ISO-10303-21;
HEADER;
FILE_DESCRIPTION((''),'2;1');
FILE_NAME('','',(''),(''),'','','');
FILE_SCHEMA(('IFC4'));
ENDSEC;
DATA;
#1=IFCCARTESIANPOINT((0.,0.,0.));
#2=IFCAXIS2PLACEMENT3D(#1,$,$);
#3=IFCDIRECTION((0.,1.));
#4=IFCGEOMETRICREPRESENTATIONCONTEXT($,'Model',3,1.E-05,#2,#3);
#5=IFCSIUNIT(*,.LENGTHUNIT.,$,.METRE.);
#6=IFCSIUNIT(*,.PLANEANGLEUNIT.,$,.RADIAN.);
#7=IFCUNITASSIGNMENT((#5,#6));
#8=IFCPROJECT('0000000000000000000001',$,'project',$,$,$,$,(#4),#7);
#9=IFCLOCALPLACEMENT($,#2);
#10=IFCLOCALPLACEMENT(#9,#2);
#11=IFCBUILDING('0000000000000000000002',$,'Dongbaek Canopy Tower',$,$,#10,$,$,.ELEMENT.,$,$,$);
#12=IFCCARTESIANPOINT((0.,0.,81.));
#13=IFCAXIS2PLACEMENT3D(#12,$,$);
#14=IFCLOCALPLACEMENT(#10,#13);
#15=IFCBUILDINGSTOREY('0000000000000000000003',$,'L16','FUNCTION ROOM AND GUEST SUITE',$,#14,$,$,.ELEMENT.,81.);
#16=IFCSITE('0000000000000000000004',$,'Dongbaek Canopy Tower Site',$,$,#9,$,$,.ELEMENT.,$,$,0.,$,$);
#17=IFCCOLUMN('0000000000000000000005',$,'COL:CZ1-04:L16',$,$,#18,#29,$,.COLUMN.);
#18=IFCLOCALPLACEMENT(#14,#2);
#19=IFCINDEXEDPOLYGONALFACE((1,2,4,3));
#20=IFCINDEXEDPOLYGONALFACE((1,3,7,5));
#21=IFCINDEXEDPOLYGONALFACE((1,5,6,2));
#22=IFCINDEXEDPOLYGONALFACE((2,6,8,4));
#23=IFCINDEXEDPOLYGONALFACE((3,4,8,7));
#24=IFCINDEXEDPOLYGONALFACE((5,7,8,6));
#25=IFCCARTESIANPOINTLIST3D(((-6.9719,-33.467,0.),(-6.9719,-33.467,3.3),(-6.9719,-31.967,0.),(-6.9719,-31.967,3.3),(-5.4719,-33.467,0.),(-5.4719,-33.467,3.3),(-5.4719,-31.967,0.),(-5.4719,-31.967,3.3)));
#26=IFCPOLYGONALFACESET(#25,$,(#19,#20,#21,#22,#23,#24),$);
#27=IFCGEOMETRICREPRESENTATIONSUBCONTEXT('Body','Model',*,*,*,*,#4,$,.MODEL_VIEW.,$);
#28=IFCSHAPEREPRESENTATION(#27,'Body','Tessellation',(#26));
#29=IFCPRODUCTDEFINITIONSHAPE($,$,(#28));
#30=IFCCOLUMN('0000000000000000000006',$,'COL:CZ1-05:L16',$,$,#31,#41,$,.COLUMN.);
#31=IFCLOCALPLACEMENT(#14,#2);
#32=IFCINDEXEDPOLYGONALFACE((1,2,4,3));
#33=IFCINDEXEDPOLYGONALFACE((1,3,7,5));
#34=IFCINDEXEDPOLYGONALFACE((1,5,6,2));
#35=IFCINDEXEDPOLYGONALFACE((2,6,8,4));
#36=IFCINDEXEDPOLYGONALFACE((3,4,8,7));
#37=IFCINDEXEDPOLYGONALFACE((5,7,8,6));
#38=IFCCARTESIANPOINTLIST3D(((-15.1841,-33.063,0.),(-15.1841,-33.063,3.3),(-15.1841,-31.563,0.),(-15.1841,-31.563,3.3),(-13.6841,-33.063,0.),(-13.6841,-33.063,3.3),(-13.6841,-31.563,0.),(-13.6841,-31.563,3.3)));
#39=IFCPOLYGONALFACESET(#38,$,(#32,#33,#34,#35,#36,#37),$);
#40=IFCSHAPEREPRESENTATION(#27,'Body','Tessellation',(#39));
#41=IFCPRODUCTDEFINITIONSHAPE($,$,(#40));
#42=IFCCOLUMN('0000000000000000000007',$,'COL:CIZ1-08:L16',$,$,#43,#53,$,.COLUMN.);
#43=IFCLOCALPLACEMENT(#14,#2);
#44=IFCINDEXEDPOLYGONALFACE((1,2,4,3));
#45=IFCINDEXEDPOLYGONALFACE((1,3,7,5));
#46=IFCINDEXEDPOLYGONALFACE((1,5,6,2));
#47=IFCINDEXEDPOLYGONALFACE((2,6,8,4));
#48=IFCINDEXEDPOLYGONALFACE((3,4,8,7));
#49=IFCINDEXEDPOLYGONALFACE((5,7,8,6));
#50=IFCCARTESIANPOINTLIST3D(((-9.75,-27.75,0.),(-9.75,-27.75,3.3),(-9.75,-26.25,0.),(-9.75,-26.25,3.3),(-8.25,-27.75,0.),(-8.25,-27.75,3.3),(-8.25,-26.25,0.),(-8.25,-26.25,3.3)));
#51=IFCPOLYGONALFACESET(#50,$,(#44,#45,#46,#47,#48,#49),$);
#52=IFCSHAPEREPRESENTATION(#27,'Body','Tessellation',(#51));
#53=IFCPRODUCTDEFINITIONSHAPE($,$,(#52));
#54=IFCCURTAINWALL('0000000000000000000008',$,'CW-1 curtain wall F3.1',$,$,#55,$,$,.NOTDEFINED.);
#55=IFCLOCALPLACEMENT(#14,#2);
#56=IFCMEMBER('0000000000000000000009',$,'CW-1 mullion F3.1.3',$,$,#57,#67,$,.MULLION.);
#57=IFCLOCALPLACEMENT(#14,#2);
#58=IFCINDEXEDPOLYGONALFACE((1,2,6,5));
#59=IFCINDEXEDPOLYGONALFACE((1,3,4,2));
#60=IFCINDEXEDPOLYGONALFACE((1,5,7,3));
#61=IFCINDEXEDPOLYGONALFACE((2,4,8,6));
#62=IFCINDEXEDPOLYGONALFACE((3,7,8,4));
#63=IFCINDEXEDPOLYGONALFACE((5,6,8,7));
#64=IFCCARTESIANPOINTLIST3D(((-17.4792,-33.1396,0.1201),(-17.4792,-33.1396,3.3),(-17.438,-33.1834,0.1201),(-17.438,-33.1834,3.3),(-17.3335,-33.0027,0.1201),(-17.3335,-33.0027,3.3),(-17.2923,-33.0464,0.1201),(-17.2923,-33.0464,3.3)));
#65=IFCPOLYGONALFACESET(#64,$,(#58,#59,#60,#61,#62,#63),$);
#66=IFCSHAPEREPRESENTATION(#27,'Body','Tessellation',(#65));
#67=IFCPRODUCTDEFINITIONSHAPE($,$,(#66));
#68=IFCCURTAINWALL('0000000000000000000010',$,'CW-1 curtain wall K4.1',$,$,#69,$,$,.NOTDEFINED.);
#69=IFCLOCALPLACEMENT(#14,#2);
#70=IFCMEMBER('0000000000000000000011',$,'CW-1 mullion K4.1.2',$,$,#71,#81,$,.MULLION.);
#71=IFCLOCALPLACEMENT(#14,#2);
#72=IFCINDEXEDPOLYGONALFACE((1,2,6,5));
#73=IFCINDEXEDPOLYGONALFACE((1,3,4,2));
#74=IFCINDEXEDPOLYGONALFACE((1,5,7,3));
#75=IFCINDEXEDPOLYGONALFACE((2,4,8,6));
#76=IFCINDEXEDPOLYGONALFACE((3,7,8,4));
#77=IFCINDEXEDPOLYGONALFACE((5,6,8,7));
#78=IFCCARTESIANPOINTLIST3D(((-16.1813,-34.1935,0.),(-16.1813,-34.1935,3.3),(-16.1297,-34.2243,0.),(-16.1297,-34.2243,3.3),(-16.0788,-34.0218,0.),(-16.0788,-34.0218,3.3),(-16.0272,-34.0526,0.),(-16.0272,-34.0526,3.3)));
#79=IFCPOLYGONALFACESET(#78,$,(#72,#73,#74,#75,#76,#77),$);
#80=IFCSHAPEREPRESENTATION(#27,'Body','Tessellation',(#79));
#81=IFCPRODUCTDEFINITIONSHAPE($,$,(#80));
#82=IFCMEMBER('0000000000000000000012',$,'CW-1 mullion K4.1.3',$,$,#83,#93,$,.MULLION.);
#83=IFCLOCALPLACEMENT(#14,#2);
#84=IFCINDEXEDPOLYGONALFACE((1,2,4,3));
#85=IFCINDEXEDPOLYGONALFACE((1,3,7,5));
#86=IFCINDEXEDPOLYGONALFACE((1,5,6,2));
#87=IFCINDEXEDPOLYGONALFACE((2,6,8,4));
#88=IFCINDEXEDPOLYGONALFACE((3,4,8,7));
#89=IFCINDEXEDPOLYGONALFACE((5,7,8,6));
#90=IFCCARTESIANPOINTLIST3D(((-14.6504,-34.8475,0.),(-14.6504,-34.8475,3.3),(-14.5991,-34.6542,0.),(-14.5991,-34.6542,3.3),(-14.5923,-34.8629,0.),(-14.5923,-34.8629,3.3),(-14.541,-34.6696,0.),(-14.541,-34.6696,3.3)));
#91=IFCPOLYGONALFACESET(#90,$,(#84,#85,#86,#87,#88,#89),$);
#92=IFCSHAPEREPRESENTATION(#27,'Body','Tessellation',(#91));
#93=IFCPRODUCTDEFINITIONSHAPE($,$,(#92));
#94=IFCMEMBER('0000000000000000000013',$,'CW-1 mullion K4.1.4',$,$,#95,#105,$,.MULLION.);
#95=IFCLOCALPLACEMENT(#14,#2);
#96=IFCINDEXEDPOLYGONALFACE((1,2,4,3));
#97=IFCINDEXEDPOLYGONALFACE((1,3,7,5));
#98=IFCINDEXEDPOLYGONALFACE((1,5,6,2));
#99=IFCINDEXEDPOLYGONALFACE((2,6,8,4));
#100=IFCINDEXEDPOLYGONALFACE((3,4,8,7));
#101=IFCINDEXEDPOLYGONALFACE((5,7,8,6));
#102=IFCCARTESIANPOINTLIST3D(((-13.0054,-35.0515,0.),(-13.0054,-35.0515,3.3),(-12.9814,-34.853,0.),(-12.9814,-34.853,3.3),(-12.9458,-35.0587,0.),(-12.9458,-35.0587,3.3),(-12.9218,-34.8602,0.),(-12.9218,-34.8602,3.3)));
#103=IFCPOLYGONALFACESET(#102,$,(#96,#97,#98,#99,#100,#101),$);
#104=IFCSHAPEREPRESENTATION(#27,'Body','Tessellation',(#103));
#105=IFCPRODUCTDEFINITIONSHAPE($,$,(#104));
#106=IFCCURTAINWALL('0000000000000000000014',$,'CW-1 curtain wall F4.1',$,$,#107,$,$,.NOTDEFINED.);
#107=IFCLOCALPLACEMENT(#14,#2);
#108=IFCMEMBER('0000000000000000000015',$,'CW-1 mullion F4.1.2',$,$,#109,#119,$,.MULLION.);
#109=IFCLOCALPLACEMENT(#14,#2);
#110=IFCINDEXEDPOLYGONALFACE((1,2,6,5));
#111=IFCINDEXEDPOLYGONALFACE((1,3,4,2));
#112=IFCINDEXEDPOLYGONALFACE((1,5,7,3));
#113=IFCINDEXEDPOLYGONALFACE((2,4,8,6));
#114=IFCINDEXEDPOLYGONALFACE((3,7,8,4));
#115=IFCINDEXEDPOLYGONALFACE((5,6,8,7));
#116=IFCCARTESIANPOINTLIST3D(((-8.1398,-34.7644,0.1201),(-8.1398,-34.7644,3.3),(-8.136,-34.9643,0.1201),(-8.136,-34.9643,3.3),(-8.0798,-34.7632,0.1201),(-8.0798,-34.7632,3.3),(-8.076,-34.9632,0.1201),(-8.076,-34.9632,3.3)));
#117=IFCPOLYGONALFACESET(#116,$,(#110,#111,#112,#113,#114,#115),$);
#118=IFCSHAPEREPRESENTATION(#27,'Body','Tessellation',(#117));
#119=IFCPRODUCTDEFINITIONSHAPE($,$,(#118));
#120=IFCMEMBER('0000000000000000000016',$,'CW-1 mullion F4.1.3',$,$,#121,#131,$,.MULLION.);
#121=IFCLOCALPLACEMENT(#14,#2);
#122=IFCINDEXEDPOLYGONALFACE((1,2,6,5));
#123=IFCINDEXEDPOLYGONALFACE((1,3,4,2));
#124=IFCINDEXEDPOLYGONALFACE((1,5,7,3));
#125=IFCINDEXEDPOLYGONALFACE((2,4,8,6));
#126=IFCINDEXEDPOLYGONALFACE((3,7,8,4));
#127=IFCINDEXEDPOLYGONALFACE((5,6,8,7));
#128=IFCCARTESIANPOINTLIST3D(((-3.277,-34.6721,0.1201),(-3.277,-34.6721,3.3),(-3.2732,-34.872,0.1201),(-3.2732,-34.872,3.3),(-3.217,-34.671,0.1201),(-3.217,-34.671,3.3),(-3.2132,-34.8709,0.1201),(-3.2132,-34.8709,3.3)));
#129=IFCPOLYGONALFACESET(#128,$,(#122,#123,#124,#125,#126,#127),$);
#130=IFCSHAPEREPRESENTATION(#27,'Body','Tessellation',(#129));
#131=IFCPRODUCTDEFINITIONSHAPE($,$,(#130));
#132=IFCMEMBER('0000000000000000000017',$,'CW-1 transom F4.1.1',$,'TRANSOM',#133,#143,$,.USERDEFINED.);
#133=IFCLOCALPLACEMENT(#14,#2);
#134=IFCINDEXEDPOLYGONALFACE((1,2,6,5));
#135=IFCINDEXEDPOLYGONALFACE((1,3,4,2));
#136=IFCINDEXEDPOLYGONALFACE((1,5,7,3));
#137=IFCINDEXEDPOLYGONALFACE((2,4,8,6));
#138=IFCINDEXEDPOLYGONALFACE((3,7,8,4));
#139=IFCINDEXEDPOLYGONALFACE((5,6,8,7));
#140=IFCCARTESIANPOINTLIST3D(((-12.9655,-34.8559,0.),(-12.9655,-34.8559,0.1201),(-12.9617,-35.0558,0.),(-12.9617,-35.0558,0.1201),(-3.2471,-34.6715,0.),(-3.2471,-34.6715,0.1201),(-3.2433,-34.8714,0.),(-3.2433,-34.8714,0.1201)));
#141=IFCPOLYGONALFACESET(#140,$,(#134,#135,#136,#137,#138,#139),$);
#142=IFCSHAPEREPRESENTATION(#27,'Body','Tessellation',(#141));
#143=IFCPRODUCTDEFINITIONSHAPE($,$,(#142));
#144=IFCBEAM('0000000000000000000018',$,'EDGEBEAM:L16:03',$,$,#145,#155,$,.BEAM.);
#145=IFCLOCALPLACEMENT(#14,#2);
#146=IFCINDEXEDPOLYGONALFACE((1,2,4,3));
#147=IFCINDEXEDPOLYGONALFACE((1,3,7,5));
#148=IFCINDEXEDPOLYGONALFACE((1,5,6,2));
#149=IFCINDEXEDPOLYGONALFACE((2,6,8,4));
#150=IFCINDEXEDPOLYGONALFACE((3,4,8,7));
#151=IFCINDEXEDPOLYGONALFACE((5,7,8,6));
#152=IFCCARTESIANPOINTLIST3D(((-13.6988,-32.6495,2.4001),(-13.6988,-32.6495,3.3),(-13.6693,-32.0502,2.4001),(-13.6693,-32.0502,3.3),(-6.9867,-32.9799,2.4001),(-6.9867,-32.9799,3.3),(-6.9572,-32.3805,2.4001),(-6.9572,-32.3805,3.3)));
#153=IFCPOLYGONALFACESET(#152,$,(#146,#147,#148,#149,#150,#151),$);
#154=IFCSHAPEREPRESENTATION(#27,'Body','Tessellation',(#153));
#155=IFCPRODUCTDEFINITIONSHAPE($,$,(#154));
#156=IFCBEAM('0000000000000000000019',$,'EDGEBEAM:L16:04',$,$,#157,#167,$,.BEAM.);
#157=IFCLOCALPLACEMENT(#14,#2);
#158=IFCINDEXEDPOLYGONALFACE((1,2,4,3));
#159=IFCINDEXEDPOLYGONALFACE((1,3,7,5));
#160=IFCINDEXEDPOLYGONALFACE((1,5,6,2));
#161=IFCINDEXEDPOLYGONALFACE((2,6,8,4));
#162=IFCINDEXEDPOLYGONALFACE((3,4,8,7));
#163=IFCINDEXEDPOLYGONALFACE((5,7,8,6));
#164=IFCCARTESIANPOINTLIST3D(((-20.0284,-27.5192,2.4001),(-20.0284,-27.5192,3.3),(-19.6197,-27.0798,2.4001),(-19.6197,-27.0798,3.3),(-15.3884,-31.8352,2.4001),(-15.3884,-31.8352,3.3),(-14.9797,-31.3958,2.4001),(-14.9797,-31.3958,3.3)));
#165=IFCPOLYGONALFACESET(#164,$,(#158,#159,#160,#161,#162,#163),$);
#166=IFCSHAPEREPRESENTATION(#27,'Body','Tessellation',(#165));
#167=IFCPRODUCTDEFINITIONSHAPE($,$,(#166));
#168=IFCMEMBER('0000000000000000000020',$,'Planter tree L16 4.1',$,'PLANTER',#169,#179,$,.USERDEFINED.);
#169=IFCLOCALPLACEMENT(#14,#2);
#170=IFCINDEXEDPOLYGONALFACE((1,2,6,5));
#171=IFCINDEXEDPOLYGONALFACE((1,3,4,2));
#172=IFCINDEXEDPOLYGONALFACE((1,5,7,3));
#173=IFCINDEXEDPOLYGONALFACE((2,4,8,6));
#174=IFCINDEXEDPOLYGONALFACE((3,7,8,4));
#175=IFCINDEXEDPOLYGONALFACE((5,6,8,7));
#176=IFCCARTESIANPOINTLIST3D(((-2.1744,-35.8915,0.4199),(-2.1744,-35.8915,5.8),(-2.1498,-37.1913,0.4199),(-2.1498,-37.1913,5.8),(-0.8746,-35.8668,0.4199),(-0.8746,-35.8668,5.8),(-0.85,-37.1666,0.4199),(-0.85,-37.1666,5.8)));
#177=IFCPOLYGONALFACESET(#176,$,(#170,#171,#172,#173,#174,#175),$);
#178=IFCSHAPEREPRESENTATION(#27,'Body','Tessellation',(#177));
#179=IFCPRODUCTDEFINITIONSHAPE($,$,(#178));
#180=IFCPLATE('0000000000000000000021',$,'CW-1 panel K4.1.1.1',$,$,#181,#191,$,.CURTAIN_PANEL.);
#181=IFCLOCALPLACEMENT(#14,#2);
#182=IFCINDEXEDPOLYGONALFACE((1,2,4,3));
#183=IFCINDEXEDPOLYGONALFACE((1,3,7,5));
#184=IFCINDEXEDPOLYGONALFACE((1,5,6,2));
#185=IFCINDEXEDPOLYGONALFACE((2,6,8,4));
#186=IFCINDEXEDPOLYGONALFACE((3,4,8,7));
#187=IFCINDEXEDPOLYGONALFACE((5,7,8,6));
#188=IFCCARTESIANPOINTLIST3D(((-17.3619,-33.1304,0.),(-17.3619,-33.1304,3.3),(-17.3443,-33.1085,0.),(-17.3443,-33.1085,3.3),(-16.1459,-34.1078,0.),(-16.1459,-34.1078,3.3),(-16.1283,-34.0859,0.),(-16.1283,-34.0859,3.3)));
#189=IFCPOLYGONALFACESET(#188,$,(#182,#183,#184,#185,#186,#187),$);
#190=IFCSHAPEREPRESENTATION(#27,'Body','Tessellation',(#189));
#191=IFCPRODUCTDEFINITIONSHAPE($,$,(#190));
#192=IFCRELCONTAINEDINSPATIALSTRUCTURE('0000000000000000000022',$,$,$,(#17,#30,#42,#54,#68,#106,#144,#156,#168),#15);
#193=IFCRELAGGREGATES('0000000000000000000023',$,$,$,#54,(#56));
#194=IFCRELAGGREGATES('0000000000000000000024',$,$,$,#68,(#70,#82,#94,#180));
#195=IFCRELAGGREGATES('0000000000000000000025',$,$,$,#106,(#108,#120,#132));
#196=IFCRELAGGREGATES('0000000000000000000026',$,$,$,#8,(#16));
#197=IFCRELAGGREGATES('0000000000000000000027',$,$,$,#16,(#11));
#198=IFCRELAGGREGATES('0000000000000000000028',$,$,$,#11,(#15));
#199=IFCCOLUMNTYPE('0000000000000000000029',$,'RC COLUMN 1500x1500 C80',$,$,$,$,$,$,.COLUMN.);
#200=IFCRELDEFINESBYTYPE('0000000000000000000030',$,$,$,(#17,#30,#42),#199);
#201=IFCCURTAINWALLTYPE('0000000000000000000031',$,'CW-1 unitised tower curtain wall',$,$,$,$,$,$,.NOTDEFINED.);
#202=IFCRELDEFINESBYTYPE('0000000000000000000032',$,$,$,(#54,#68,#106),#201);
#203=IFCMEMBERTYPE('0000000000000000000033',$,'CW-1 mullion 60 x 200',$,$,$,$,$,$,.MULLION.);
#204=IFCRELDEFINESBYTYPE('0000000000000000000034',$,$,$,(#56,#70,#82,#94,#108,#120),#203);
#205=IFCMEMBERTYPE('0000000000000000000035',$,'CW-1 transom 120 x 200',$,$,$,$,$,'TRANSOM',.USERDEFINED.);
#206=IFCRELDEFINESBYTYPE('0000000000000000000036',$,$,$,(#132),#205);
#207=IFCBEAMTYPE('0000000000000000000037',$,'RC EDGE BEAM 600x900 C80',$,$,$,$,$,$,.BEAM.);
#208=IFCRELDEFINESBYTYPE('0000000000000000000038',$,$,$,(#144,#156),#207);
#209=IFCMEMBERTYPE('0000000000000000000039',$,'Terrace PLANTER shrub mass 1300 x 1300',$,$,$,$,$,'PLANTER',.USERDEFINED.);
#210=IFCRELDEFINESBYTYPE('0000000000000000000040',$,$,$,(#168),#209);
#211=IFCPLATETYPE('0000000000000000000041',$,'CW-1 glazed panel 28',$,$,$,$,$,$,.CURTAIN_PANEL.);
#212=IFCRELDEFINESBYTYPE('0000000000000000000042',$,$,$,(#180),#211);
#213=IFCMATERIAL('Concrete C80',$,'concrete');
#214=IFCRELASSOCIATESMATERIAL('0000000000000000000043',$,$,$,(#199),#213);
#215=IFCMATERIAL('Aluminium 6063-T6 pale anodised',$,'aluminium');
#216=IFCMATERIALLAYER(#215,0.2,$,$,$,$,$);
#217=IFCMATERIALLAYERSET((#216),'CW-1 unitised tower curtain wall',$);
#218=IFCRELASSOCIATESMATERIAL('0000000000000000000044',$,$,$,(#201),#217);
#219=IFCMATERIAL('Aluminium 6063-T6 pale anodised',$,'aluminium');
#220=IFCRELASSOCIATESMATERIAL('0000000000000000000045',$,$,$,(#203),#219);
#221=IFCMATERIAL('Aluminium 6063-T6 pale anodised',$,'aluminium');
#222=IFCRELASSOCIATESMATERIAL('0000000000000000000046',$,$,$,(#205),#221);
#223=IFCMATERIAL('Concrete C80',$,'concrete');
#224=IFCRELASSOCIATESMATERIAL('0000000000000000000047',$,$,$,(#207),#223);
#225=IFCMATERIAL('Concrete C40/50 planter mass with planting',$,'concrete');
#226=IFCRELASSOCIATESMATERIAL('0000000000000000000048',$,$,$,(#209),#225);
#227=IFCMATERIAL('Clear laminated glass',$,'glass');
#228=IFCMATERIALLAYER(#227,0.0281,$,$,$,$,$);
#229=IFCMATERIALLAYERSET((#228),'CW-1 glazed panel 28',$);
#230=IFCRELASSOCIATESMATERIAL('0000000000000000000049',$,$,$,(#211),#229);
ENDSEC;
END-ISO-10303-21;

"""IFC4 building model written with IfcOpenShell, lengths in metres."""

from ifc_helpers import new_model, si_unit, direction, frame, origin, origin_2d, place, context, subcontext, project, spatial, rectangle, extrude, material, layer, layer_set, material_profile, profile_set, type_object, element, aggregate, save


model = new_model("IFC4")

# Units and contexts
model_context = context("Model", 3, precision=1e-05, world=origin(), true_north=direction((0.0, 1.0)))
body_context = subcontext(model_context, "Body", "Model", "MODEL_VIEW")
ifc_project = project(units=[si_unit("LENGTHUNIT", "METRE"), si_unit("PLANEANGLEUNIT", "RADIAN")], contexts=[model_context])

# Site, building, storey
site_placement = place(None, origin())
site = spatial("IfcSite", under=ifc_project, at=site_placement, Name="Dongbaek Canopy Tower Site", CompositionType="ELEMENT", RefElevation=0.0)
building_placement = place(site_placement, origin())
building = spatial("IfcBuilding", under=site, at=building_placement, Name="Dongbaek Canopy Tower", CompositionType="ELEMENT")
storey_placement = place(building_placement, frame((0.0, 0.0, 81.0)))
storey = spatial("IfcBuildingStorey", under=building, at=storey_placement, Name="L16", Description="FUNCTION ROOM AND GUEST SUITE", CompositionType="ELEMENT", Elevation=81.0)

# Columns
ifc_material_1 = material(Name="Concrete C80", Category="concrete")
ifc_material_profile_1 = material_profile(ifc_material_1, rectangle(XDim=1.5, YDim=1.5, at=origin_2d()), Name="RC COLUMN 1500x1500 C80")
ifc_profile_set_1 = profile_set([ifc_material_profile_1], Name="Concrete C80")
column_type = type_object("IfcColumnType", Name="RC COLUMN 1500x1500 C80", PredefinedType="COLUMN", material=ifc_profile_set_1)
for number, where, z_axis, x_axis, name in (
    (1, (-6.2219, -32.717, 0.0), (0.0, 0.0, 1.0), (1.0, 0.0, 0.0), "COL:CZ1-04:L16"),
    (2, (-14.4341, -32.313, 0.0), (0.0, 0.0, 1.0), (1.0, 0.0, 0.0), "COL:CZ1-05:L16"),
    (3, (-9.0, -27.0, 0.0), (0.0, 0.0, 1.0), (1.0, 0.0, 0.0), "COL:CIZ1-08:L16"),
):
    element("IfcColumn", number, at=place(storey_placement, frame(where, z_axis=z_axis, x_axis=x_axis)), inside=storey, type_object=column_type, Name=name, PredefinedType="COLUMN", context=body_context, shape_type="SweptSolid", body=[
        extrude(rectangle(XDim=1.5, YDim=1.5, at=origin_2d()), origin(), (0.0, 0.0, 1.0), 3.3),
    ])

# Curtain wall, member
ifc_material_2 = material(Name="Aluminium 6063-T6 pale anodised", Category="aluminium")
ifc_layer_1 = layer(ifc_material_2, 0.2)
ifc_layer_set_1 = layer_set([ifc_layer_1], Name="CW-1 unitised tower curtain wall")
curtain_wall_type = type_object("IfcCurtainWallType", Name="CW-1 unitised tower curtain wall", PredefinedType="NOTDEFINED", material=ifc_layer_set_1)
curtain_wall_1_placement = place(storey_placement, origin())
curtain_wall_1 = element("IfcCurtainWall", 4, at=curtain_wall_1_placement, inside=storey, type_object=curtain_wall_type, Name="CW-1 curtain wall F3.1", PredefinedType="NOTDEFINED")
ifc_material_3 = material(Name="Aluminium 6063-T6 pale anodised", Category="aluminium")
ifc_material_profile_2 = material_profile(ifc_material_3, rectangle(XDim=0.2, YDim=0.0601, at=origin_2d()), Name="CW-1 mullion 60 x 200")
ifc_profile_set_2 = profile_set([ifc_material_profile_2], Name="Aluminium 6063-T6 pale anodised")
member_type_1 = type_object("IfcMemberType", Name="CW-1 mullion 60 x 200", PredefinedType="MULLION", material=ifc_profile_set_2)
member_1_placement = place(storey_placement, frame((-17.3857, -33.093, 0.1201), z_axis=(0.0, 0.0, 1.0), x_axis=(-0.728585, -0.684956, 0.0)))
member_1 = element("IfcMember", 5, at=member_1_placement, type_object=member_type_1, Name="CW-1 mullion F3.1.3", PredefinedType="MULLION", context=body_context, shape_type="SweptSolid", body=[
    extrude(rectangle(XDim=0.2, YDim=0.0601, at=origin_2d()), origin(), (0.0, 0.0, 1.0), 3.1799),
])
aggregate(curtain_wall_1, [member_1])

# Curtain walls, members
curtain_wall_2_placement = place(storey_placement, origin())
curtain_wall_2 = element("IfcCurtainWall", 6, at=curtain_wall_2_placement, inside=storey, type_object=curtain_wall_type, Name="CW-1 curtain wall K4.1", PredefinedType="NOTDEFINED")
member_2_placement = place(storey_placement, frame((-16.1042, -34.123, 0.0), z_axis=(0.0, 0.0, 1.0), x_axis=(-0.512292, -0.858811, 0.0)))
member_2 = element("IfcMember", 7, at=member_2_placement, type_object=member_type_1, Name="CW-1 mullion K4.1.2", PredefinedType="MULLION", context=body_context, shape_type="SweptSolid", body=[
    extrude(rectangle(XDim=0.2, YDim=0.0601, at=origin_2d()), origin(), (0.0, 0.0, 1.0), 3.3),
])
member_3_placement = place(storey_placement, frame((-14.5957, -34.7585, 0.0), z_axis=(0.0, 0.0, 1.0), x_axis=(-0.256548, -0.966531, 0.0)))
member_3 = element("IfcMember", 8, at=member_3_placement, type_object=member_type_1, Name="CW-1 mullion K4.1.3", PredefinedType="MULLION", context=body_context, shape_type="SweptSolid", body=[
    extrude(rectangle(XDim=0.2, YDim=0.0601, at=origin_2d()), origin(), (0.0, 0.0, 1.0), 3.3),
])
member_4_placement = place(storey_placement, frame((-12.9636, -34.9558, 0.0), z_axis=(0.0, 0.0, 1.0), x_axis=(-0.119959, -0.992779, 0.0)))
member_4 = element("IfcMember", 9, at=member_4_placement, type_object=member_type_1, Name="CW-1 mullion K4.1.4", PredefinedType="MULLION", context=body_context, shape_type="SweptSolid", body=[
    extrude(rectangle(XDim=0.2, YDim=0.0601, at=origin_2d()), origin(), (0.0, 0.0, 1.0), 3.3),
])
curtain_wall_3_placement = place(storey_placement, origin())
curtain_wall_3 = element("IfcCurtainWall", 10, at=curtain_wall_3_placement, inside=storey, type_object=curtain_wall_type, Name="CW-1 curtain wall F4.1", PredefinedType="NOTDEFINED")
member_5_placement = place(storey_placement, frame((-8.1079, -34.8638, 0.1201), z_axis=(0.0, 0.0, 1.0), x_axis=(0.018952, -0.99982, 0.0)))
member_5 = element("IfcMember", 11, at=member_5_placement, type_object=member_type_1, Name="CW-1 mullion F4.1.2", PredefinedType="MULLION", context=body_context, shape_type="SweptSolid", body=[
    extrude(rectangle(XDim=0.2, YDim=0.0601, at=origin_2d()), origin(), (0.0, 0.0, 1.0), 3.1799),
])
member_6_placement = place(storey_placement, frame((-3.2451, -34.7715, 0.1201), z_axis=(0.0, 0.0, 1.0), x_axis=(0.018952, -0.99982, 0.0)))
member_6 = element("IfcMember", 12, at=member_6_placement, type_object=member_type_1, Name="CW-1 mullion F4.1.3", PredefinedType="MULLION", context=body_context, shape_type="SweptSolid", body=[
    extrude(rectangle(XDim=0.2, YDim=0.0601, at=origin_2d()), origin(), (0.0, 0.0, 1.0), 3.1799),
])
ifc_material_4 = material(Name="Aluminium 6063-T6 pale anodised", Category="aluminium")
ifc_material_profile_3 = material_profile(ifc_material_4, rectangle(XDim=0.2, YDim=0.1201, at=origin_2d()), Name="CW-1 transom 120 x 200")
ifc_profile_set_3 = profile_set([ifc_material_profile_3], Name="Aluminium 6063-T6 pale anodised")
member_type_2 = type_object("IfcMemberType", Name="CW-1 transom 120 x 200", ElementType="TRANSOM", PredefinedType="USERDEFINED", material=ifc_profile_set_3)
member_7_placement = place(storey_placement, frame((-12.9636, -34.9558, 0.0601), z_axis=(0.99982, 0.018963, 0.0), x_axis=(-0.018963, 0.99982, 0.0)))
member_7 = element("IfcMember", 13, at=member_7_placement, type_object=member_type_2, Name="CW-1 transom F4.1.1", ObjectType="TRANSOM", PredefinedType="USERDEFINED", context=body_context, shape_type="SweptSolid", body=[
    extrude(rectangle(XDim=0.2, YDim=0.1201, at=origin_2d()), origin(), (0.0, 0.0, 1.0), 9.7202),
])

# Beams
ifc_material_5 = material(Name="Concrete C80", Category="concrete")
ifc_material_profile_4 = material_profile(ifc_material_5, rectangle(XDim=0.6001, YDim=0.8999, at=origin_2d()), Name="RC EDGE BEAM 600x900 C80")
ifc_profile_set_4 = profile_set([ifc_material_profile_4], Name="Concrete C80")
beam_type = type_object("IfcBeamType", Name="RC EDGE BEAM 600x900 C80", PredefinedType="BEAM", material=ifc_profile_set_4)
beam_1_placement = place(storey_placement, frame((-6.9719, -32.6802, 2.8501), z_axis=(-0.998791, 0.049153, 0.0), x_axis=(-0.049153, -0.998791, 0.0)))
element("IfcBeam", 14, at=beam_1_placement, inside=storey, type_object=beam_type, Name="EDGEBEAM:L16:03", PredefinedType="BEAM", context=body_context, shape_type="SweptSolid", body=[
    extrude(rectangle(XDim=0.6001, YDim=0.8999, at=origin_2d()), origin(), (0.0, 0.0, 1.0), 6.7202),
])
beam_2_placement = place(storey_placement, frame((-15.1841, -31.6155, 2.8501), z_axis=(-0.732207, 0.681082, 0.0), x_axis=(-0.681082, -0.732207, 0.0)))
element("IfcBeam", 15, at=beam_2_placement, inside=storey, type_object=beam_type, Name="EDGEBEAM:L16:04", PredefinedType="BEAM", context=body_context, shape_type="SweptSolid", body=[
    extrude(rectangle(XDim=0.6001, YDim=0.8999, at=origin_2d()), origin(), (0.0, 0.0, 1.0), 6.3369),
])

# Member
ifc_material_6 = material(Name="Concrete C40/50 planter mass with planting", Category="concrete")
ifc_material_profile_5 = material_profile(ifc_material_6, rectangle(XDim=1.3, YDim=1.3, at=origin_2d()), Name="Terrace PLANTER shrub mass 1300 x 1300")
ifc_profile_set_5 = profile_set([ifc_material_profile_5], Name="Concrete C40/50 planter mass with planting")
member_type_3 = type_object("IfcMemberType", Name="Terrace PLANTER shrub mass 1300 x 1300", ElementType="PLANTER", PredefinedType="USERDEFINED", material=ifc_profile_set_5)
member_8_placement = place(storey_placement, frame((-1.5122, -36.5291, 0.4199), z_axis=(0.0, 0.0, 1.0), x_axis=(0.018952, -0.99982, 0.0)))
element("IfcMember", 16, at=member_8_placement, inside=storey, type_object=member_type_3, Name="Planter tree L16 4.1", ObjectType="PLANTER", PredefinedType="USERDEFINED", context=body_context, shape_type="SweptSolid", body=[
    extrude(rectangle(XDim=1.3, YDim=1.3, at=origin_2d()), origin(), (0.0, 0.0, 1.0), 5.3801),
])

# Plate
ifc_material_7 = material(Name="Clear laminated glass", Category="glass")
ifc_layer_2 = layer(ifc_material_7, 0.0281)
ifc_layer_set_2 = layer_set([ifc_layer_2], Name="CW-1 glazed panel 28")
plate_type = type_object("IfcPlateType", Name="CW-1 glazed panel 28", PredefinedType="CURTAIN_PANEL", material=ifc_layer_set_2)
plate_1_placement = place(storey_placement, frame((-16.7451, -33.6082, 0.0), z_axis=(0.0, 0.0, 1.0), x_axis=(0.779423, -0.626498, 0.0)))
plate_1 = element("IfcPlate", 17, at=plate_1_placement, type_object=plate_type, Name="CW-1 panel K4.1.1.1", PredefinedType="CURTAIN_PANEL", context=body_context, shape_type="SweptSolid", body=[
    extrude(rectangle(XDim=1.5601, YDim=0.0281, at=origin_2d()), origin(), (0.0, 0.0, 1.0), 3.3),
])
aggregate(curtain_wall_2, [member_2, member_3, member_4, plate_1])

aggregate(curtain_wall_3, [member_5, member_6, member_7])

save(model, "model.ifc")
